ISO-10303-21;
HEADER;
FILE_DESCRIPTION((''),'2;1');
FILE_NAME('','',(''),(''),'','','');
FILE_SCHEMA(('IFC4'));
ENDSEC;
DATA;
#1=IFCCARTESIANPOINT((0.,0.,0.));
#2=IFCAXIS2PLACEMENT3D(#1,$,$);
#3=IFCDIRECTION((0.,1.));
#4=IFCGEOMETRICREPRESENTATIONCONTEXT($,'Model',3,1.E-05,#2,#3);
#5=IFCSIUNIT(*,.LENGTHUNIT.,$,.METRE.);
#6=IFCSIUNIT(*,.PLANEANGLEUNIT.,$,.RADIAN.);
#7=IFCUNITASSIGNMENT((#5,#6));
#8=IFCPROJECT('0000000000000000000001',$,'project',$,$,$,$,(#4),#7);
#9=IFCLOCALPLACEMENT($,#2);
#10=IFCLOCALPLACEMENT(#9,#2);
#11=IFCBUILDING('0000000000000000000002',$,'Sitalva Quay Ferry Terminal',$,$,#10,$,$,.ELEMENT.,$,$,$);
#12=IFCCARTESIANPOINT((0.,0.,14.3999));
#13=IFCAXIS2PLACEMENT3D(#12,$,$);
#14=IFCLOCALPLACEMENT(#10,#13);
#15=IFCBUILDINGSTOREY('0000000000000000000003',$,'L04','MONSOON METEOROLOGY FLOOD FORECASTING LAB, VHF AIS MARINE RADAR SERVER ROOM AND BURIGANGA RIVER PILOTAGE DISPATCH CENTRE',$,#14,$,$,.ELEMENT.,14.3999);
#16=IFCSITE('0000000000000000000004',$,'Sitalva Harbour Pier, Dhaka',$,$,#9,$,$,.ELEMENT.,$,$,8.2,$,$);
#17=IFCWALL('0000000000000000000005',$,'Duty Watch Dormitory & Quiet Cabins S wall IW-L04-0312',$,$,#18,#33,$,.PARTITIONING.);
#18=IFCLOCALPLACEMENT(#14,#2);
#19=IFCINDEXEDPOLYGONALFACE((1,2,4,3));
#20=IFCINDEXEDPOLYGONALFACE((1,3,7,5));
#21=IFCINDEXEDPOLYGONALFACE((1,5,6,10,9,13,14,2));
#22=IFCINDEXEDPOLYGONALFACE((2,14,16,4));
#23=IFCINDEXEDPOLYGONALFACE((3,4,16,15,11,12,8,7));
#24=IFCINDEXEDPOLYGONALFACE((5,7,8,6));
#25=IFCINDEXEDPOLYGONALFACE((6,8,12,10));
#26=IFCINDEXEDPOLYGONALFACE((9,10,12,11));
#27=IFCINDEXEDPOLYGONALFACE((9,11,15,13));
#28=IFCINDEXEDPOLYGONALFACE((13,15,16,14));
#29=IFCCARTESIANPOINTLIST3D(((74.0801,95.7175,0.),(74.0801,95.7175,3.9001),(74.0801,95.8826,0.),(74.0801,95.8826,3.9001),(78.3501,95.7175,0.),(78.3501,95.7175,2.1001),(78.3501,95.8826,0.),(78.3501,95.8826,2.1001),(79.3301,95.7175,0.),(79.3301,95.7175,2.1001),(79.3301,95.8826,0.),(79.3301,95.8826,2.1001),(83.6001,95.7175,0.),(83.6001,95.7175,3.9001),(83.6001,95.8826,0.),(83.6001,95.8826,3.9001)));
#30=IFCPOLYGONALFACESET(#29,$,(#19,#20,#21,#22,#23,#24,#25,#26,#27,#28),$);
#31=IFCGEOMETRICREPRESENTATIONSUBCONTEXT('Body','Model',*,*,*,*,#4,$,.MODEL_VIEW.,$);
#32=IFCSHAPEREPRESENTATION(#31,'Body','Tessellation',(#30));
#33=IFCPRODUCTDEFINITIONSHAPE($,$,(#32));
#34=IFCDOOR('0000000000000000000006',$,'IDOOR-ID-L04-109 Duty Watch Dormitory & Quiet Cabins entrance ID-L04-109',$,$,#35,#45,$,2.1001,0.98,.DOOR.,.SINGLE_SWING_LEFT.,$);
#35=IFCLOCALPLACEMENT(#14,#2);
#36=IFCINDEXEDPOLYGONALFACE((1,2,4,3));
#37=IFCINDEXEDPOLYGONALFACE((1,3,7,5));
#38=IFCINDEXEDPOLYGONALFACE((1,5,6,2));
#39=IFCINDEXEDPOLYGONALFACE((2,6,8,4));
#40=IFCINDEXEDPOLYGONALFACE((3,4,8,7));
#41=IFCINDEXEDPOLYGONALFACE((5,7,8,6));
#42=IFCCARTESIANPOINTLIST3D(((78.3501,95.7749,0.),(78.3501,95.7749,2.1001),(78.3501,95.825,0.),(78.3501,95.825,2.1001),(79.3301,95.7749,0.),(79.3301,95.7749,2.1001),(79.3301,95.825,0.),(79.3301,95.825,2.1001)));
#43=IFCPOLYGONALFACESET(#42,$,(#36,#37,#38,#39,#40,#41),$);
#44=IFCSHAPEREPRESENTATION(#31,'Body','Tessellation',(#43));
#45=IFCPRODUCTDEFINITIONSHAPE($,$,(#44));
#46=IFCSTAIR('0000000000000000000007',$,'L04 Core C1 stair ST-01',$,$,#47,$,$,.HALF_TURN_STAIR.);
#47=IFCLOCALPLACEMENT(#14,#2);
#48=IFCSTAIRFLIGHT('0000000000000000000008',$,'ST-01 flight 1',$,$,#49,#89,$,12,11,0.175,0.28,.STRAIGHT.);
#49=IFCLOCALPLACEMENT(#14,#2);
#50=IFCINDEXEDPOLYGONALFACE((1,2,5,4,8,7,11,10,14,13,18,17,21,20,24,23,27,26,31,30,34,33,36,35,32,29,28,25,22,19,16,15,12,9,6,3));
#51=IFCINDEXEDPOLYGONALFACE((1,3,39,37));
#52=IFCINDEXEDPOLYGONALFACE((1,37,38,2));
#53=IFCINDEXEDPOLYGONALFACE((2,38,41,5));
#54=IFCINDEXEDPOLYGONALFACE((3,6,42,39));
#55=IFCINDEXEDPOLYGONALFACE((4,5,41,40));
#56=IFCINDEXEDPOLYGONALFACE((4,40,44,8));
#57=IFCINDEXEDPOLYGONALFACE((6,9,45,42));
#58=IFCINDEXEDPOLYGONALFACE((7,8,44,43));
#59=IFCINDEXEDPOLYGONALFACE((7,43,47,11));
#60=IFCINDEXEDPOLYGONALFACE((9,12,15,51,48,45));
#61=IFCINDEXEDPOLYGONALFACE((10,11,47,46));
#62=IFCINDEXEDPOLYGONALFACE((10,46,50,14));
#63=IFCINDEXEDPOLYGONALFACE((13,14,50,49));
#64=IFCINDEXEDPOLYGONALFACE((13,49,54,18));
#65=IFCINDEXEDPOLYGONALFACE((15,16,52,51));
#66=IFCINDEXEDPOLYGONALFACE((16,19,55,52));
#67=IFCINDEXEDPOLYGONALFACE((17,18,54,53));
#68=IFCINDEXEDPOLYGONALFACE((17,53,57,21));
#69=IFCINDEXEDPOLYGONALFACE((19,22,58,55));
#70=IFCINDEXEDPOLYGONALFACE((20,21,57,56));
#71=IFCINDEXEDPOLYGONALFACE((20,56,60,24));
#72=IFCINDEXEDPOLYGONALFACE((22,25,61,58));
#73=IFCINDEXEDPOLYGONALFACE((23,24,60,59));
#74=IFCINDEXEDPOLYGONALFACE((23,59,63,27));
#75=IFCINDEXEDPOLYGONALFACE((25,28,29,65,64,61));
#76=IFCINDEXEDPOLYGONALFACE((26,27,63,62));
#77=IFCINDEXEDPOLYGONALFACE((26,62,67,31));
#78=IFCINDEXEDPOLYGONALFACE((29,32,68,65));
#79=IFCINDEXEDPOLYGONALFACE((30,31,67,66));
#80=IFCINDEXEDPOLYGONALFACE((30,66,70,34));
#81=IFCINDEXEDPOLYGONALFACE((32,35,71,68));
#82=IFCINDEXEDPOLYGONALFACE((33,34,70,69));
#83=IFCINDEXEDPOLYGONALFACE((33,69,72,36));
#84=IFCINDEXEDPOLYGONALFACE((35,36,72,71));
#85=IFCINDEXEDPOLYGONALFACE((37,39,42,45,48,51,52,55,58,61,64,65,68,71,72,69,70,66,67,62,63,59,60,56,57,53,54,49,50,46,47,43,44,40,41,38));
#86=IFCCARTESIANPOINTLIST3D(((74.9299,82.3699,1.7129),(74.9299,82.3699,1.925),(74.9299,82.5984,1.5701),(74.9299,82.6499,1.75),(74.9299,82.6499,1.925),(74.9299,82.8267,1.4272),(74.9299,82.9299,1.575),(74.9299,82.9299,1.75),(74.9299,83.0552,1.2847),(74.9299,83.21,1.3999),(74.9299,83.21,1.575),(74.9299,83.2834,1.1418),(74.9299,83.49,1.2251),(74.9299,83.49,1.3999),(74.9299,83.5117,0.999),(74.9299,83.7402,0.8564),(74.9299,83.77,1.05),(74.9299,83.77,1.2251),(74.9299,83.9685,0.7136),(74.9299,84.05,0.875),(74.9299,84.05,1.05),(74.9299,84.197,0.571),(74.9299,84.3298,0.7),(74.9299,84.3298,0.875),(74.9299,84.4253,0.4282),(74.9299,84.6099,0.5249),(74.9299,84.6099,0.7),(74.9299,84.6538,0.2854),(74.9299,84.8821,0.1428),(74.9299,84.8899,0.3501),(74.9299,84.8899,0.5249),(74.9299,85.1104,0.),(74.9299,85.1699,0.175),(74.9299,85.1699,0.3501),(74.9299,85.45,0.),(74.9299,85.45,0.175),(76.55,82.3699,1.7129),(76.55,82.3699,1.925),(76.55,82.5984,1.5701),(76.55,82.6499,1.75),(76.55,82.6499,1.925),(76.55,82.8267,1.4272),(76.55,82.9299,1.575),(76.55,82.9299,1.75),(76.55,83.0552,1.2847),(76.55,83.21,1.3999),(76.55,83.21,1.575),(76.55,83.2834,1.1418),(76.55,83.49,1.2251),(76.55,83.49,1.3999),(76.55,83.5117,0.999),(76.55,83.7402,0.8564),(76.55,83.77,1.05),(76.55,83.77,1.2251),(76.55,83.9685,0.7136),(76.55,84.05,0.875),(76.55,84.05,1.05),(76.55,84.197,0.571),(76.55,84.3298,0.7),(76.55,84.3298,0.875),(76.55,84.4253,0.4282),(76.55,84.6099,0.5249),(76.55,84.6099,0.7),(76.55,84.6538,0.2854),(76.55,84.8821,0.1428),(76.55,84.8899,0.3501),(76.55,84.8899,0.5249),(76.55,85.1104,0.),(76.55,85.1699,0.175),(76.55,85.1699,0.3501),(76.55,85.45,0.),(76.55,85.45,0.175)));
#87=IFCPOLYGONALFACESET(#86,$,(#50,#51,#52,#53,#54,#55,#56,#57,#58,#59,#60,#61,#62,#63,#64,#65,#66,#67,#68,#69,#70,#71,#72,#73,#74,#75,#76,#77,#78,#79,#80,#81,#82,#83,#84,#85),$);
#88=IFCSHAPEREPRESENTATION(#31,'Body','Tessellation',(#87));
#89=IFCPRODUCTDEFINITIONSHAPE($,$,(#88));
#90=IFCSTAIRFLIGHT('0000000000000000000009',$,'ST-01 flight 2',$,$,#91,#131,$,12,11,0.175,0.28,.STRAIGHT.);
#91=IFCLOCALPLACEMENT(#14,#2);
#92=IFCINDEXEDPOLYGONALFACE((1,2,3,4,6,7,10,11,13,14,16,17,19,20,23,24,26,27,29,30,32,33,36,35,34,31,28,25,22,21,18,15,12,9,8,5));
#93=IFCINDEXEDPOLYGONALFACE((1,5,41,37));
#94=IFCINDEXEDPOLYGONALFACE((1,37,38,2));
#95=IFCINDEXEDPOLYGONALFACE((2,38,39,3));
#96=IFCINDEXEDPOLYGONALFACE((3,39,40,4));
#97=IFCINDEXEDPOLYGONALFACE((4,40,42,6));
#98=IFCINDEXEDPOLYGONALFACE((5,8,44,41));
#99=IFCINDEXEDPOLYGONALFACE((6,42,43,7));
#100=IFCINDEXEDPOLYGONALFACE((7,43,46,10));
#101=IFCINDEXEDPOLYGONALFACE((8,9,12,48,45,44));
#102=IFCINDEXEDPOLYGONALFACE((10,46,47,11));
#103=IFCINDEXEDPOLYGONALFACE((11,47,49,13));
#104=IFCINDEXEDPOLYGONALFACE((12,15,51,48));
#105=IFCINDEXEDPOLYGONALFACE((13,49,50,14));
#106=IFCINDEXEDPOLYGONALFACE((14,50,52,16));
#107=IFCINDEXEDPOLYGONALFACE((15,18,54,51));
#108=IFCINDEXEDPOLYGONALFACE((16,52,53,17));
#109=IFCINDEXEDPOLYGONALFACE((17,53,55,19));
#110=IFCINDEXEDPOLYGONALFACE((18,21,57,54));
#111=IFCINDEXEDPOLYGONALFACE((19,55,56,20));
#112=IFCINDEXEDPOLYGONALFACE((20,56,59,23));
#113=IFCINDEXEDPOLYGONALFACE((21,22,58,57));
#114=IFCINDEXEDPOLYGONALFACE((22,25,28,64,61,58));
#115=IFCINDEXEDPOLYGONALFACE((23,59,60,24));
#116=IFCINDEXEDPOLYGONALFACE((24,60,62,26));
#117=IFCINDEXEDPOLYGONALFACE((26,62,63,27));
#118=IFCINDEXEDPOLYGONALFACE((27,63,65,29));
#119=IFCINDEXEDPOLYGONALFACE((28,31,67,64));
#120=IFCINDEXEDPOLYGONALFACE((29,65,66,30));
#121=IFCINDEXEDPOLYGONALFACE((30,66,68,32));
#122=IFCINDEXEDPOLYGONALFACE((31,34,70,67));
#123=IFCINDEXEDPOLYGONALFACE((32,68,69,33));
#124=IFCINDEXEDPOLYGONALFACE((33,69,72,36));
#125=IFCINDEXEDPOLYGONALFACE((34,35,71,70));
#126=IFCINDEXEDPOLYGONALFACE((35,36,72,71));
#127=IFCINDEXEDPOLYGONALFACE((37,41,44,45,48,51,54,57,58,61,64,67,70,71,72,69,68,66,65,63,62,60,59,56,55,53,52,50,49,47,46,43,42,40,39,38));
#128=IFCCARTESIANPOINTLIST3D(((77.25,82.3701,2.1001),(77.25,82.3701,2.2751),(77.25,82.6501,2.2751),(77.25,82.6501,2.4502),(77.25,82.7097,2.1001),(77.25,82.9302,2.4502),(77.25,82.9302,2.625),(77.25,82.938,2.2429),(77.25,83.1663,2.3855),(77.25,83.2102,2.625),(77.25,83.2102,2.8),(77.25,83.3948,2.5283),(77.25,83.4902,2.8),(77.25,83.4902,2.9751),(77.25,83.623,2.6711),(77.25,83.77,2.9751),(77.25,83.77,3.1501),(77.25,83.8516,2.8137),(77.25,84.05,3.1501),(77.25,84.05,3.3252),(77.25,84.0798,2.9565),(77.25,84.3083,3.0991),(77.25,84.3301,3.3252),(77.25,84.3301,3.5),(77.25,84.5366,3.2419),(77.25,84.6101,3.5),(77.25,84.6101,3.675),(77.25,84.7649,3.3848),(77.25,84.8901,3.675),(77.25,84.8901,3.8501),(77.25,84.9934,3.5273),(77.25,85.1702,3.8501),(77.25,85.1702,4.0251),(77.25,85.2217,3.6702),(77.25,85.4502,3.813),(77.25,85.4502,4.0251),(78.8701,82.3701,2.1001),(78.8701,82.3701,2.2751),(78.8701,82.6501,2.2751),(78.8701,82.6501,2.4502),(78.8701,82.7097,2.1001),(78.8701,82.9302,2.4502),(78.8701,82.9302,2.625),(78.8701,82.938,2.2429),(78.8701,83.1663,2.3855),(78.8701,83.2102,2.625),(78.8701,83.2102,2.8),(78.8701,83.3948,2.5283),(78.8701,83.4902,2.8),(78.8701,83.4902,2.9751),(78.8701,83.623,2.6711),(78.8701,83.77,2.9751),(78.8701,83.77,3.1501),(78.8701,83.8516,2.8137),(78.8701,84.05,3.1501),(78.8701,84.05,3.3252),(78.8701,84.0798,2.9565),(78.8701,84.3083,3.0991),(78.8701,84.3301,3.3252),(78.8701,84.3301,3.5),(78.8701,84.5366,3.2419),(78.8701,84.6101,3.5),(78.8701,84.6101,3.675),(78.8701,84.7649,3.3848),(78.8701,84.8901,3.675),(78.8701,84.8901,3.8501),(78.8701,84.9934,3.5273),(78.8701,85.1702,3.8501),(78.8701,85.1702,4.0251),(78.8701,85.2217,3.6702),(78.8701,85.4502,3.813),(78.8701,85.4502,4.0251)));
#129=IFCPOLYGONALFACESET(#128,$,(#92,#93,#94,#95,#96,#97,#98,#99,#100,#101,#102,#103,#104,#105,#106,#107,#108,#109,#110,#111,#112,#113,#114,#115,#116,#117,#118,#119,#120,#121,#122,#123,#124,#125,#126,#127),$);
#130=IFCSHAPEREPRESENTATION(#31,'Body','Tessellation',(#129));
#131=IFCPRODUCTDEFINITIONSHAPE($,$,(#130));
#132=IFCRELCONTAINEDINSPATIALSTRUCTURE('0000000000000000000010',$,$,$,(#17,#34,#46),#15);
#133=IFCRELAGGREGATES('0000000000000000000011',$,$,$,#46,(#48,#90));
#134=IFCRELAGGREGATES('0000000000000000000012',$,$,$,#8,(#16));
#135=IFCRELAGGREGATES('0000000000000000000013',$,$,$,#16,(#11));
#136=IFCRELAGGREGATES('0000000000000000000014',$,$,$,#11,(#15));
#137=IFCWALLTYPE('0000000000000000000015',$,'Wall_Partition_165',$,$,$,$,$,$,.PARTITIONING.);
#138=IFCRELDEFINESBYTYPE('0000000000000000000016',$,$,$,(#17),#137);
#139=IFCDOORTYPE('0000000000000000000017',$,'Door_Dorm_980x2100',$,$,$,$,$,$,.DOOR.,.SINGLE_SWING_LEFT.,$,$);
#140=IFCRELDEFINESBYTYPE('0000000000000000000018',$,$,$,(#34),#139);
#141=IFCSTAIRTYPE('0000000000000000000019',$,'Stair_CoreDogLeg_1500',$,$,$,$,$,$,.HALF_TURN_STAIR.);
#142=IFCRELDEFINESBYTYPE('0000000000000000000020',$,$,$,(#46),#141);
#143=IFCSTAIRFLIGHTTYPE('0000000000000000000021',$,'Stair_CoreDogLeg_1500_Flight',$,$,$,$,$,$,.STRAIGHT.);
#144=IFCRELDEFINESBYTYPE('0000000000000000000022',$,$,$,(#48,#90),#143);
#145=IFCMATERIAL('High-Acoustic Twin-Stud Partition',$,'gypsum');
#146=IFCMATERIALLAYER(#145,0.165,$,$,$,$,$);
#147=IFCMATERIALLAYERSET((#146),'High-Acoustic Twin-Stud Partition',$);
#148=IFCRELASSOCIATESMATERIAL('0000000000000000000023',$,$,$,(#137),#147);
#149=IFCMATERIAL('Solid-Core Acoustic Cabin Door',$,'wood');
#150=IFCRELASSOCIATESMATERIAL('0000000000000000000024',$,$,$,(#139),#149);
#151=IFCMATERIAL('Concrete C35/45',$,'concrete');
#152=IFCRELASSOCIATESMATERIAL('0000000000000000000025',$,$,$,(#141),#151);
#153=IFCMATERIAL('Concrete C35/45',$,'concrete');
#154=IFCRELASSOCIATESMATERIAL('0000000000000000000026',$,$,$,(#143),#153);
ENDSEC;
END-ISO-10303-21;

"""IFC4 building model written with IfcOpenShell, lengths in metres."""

from ifc_helpers import new_model, si_unit, direction, frame, frame_2d, origin, place, context, subcontext, project, spatial, polyline, rectangle, outline, extrude, material, layer, layer_set, type_object, element, fill, aggregate, save


model = new_model("IFC4")

# Units and contexts
model_context = context("Model", 3, precision=1e-05, world=origin(), true_north=direction((0.0, 1.0)))
body_context = subcontext(model_context, "Body", "Model", "MODEL_VIEW")
ifc_project = project(units=[si_unit("LENGTHUNIT", "METRE"), si_unit("PLANEANGLEUNIT", "RADIAN")], contexts=[model_context])

# Site, building, storey
site_placement = place(None, origin())
site = spatial("IfcSite", under=ifc_project, at=site_placement, Name="Sitalva Harbour Pier, Dhaka", CompositionType="ELEMENT", RefElevation=8.2)
building_placement = place(site_placement, origin())
building = spatial("IfcBuilding", under=site, at=building_placement, Name="Sitalva Quay Ferry Terminal", CompositionType="ELEMENT")
storey_placement = place(building_placement, frame((0.0, 0.0, 14.3999)))
storey = spatial("IfcBuildingStorey", under=building, at=storey_placement, Name="L04", Description="MONSOON METEOROLOGY FLOOD FORECASTING LAB, VHF AIS MARINE RADAR SERVER ROOM AND BURIGANGA RIVER PILOTAGE DISPATCH CENTRE", CompositionType="ELEMENT", Elevation=14.3999)

# Wall, opening, door
ifc_material_1 = material(Name="High-Acoustic Twin-Stud Partition", Category="gypsum")
ifc_layer_1 = layer(ifc_material_1, 0.165)
ifc_layer_set_1 = layer_set([ifc_layer_1], Name="High-Acoustic Twin-Stud Partition")
wall_type_1 = type_object("IfcWallType", Name="Wall_Partition_165", PredefinedType="PARTITIONING", material=ifc_layer_set_1)
wall_1_placement = place(storey_placement, frame((74.0801, 95.8, 0.0), z_axis=(0.0, 0.0, 1.0), x_axis=(1.0, 0.0, 0.0)))
wall_1 = element("IfcWall", 1, at=wall_1_placement, inside=storey, type_object=wall_type_1, Name="Duty Watch Dormitory & Quiet Cabins S wall IW-L04-0312", PredefinedType="PARTITIONING", context=body_context, shape_type="SweptSolid", body=[
    extrude(rectangle(XDim=9.52, YDim=0.165, at=frame_2d((4.76, 0.0))), origin(), (0.0, 0.0, 1.0), 3.9001),
])
opening_1_placement = place(wall_1_placement, frame((4.27, 0.0, 0.0)))
opening_1 = element("IfcOpeningElement", 2, at=opening_1_placement, cuts=wall_1, PredefinedType="OPENING", context=body_context, shape_type="SweptSolid", body=[
    extrude(rectangle(XDim=0.98, YDim=2.1001, at=frame_2d((0.49, 1.05))), frame((0.0, 0.0925, 0.0), z_axis=(0.0, -1.0, 0.0), x_axis=(1.0, 0.0, 0.0)), (0.0, 0.0, 1.0), 0.1851),
])
ifc_material_2 = material(Name="Solid-Core Acoustic Cabin Door", Category="wood")
door_type_1 = type_object("IfcDoorType", Name="Door_Dorm_980x2100", OperationType="SINGLE_SWING_LEFT", PredefinedType="DOOR", material=ifc_material_2)
door_1_placement = place(opening_1_placement, origin())
door_1 = element("IfcDoor", 3, at=door_1_placement, inside=storey, type_object=door_type_1, Name="IDOOR-ID-L04-109 Duty Watch Dormitory & Quiet Cabins entrance ID-L04-109", OperationType="SINGLE_SWING_LEFT", OverallHeight=2.1001, OverallWidth=0.98, PredefinedType="DOOR", context=body_context, shape_type="SweptSolid", body=[
    extrude(rectangle(XDim=0.98, YDim=2.1001, at=frame_2d((0.49, 1.05))), frame((0.0, 0.0249, 0.0), z_axis=(0.0, -1.0, 0.0), x_axis=(1.0, 0.0, 0.0)), (0.0, 0.0, 1.0), 0.05),
])
fill(opening_1, door_1)

# Stair, stair flights
ifc_material_3 = material(Name="Concrete C35/45", Category="concrete")
stair_type = type_object("IfcStairType", Name="Stair_CoreDogLeg_1500", PredefinedType="HALF_TURN_STAIR", material=ifc_material_3)
stair_placement = place(storey_placement, origin())
stair = element("IfcStair", 4, at=stair_placement, inside=storey, type_object=stair_type, Name="L04 Core C1 stair ST-01", PredefinedType="HALF_TURN_STAIR")
ifc_material_4 = material(Name="Concrete C35/45", Category="concrete")
stair_flight_type = type_object("IfcStairFlightType", Name="Stair_CoreDogLeg_1500_Flight", PredefinedType="STRAIGHT", material=ifc_material_4)
stair_flight_1_placement = place(storey_placement, frame((75.74, 85.45, 0.0), z_axis=(0.0, 0.0, 1.0), x_axis=(0.0, -1.0, 0.0)))
stair_flight_1 = element("IfcStairFlight", 5, at=stair_flight_1_placement, type_object=stair_flight_type, Name="ST-01 flight 1", NumberOfRisers=12, NumberOfTreads=11, PredefinedType="STRAIGHT", RiserHeight=0.175, TreadLength=0.28, context=body_context, shape_type="SweptSolid", body=[
    extrude(outline(polyline([(0.0, 0.0), (0.0, 0.175), (0.28, 0.175), (0.28, 0.3501), (0.5601, 0.3501), (0.5601, 0.5249), (0.8401, 0.5249), (0.8401, 0.7), (1.1201, 0.7), (1.1201, 0.875), (1.3999, 0.875), (1.3999, 1.05), (1.6799, 1.05), (1.6799, 1.2251), (1.96, 1.2251), (1.96, 1.3999), (2.24, 1.3999), (2.24, 1.575), (2.52, 1.575), (2.52, 1.75), (2.8, 1.75), (2.8, 1.925), (3.0801, 1.925), (3.0801, 2.1001), (3.0801, 1.7129), (2.8516, 1.5701), (2.6233, 1.4272), (2.3948, 1.2847), (2.1665, 1.1418), (1.9382, 0.999), (1.7097, 0.8564), (1.4814, 0.7136), (1.2529, 0.571), (1.0247, 0.4282), (0.7961, 0.2854), (0.5679, 0.1428), (0.3396, 0.0), (0.0, 0.0)])), frame((0.0, 0.8101, 0.0), z_axis=(0.0, -1.0, 0.0), x_axis=(1.0, 0.0, 0.0)), (0.0, 0.0, 1.0), 1.6201),
])
stair_flight_2_placement = place(storey_placement, frame((78.0601, 82.3701, 2.1001), z_axis=(0.0, 0.0, 1.0), x_axis=(0.0, 1.0, 0.0)))
stair_flight_2 = element("IfcStairFlight", 6, at=stair_flight_2_placement, type_object=stair_flight_type, Name="ST-01 flight 2", NumberOfRisers=12, NumberOfTreads=11, PredefinedType="STRAIGHT", RiserHeight=0.175, TreadLength=0.28, context=body_context, shape_type="SweptSolid", body=[
    extrude(outline(polyline([(0.0, 0.0), (0.0, 0.175), (0.28, 0.175), (0.28, 0.3501), (0.5601, 0.3501), (0.5601, 0.5249), (0.8401, 0.5249), (0.8401, 0.7), (1.1201, 0.7), (1.1201, 0.875), (1.3999, 0.875), (1.3999, 1.05), (1.6799, 1.05), (1.6799, 1.2251), (1.96, 1.2251), (1.96, 1.3999), (2.24, 1.3999), (2.24, 1.575), (2.52, 1.575), (2.52, 1.75), (2.8, 1.75), (2.8, 1.925), (3.0801, 1.925), (3.0801, 2.1001), (3.0801, 1.7129), (2.8516, 1.5701), (2.6233, 1.4272), (2.3948, 1.2847), (2.1665, 1.1418), (1.9382, 0.999), (1.7097, 0.8564), (1.4814, 0.7136), (1.2529, 0.571), (1.0247, 0.4282), (0.7961, 0.2854), (0.5679, 0.1428), (0.3396, 0.0), (0.0, 0.0)])), frame((0.0, 0.8101, 0.0), z_axis=(0.0, -1.0, 0.0), x_axis=(1.0, 0.0, 0.0)), (0.0, 0.0, 1.0), 1.6201),
])
aggregate(stair, [stair_flight_1, stair_flight_2])

save(model, "model.ifc")
